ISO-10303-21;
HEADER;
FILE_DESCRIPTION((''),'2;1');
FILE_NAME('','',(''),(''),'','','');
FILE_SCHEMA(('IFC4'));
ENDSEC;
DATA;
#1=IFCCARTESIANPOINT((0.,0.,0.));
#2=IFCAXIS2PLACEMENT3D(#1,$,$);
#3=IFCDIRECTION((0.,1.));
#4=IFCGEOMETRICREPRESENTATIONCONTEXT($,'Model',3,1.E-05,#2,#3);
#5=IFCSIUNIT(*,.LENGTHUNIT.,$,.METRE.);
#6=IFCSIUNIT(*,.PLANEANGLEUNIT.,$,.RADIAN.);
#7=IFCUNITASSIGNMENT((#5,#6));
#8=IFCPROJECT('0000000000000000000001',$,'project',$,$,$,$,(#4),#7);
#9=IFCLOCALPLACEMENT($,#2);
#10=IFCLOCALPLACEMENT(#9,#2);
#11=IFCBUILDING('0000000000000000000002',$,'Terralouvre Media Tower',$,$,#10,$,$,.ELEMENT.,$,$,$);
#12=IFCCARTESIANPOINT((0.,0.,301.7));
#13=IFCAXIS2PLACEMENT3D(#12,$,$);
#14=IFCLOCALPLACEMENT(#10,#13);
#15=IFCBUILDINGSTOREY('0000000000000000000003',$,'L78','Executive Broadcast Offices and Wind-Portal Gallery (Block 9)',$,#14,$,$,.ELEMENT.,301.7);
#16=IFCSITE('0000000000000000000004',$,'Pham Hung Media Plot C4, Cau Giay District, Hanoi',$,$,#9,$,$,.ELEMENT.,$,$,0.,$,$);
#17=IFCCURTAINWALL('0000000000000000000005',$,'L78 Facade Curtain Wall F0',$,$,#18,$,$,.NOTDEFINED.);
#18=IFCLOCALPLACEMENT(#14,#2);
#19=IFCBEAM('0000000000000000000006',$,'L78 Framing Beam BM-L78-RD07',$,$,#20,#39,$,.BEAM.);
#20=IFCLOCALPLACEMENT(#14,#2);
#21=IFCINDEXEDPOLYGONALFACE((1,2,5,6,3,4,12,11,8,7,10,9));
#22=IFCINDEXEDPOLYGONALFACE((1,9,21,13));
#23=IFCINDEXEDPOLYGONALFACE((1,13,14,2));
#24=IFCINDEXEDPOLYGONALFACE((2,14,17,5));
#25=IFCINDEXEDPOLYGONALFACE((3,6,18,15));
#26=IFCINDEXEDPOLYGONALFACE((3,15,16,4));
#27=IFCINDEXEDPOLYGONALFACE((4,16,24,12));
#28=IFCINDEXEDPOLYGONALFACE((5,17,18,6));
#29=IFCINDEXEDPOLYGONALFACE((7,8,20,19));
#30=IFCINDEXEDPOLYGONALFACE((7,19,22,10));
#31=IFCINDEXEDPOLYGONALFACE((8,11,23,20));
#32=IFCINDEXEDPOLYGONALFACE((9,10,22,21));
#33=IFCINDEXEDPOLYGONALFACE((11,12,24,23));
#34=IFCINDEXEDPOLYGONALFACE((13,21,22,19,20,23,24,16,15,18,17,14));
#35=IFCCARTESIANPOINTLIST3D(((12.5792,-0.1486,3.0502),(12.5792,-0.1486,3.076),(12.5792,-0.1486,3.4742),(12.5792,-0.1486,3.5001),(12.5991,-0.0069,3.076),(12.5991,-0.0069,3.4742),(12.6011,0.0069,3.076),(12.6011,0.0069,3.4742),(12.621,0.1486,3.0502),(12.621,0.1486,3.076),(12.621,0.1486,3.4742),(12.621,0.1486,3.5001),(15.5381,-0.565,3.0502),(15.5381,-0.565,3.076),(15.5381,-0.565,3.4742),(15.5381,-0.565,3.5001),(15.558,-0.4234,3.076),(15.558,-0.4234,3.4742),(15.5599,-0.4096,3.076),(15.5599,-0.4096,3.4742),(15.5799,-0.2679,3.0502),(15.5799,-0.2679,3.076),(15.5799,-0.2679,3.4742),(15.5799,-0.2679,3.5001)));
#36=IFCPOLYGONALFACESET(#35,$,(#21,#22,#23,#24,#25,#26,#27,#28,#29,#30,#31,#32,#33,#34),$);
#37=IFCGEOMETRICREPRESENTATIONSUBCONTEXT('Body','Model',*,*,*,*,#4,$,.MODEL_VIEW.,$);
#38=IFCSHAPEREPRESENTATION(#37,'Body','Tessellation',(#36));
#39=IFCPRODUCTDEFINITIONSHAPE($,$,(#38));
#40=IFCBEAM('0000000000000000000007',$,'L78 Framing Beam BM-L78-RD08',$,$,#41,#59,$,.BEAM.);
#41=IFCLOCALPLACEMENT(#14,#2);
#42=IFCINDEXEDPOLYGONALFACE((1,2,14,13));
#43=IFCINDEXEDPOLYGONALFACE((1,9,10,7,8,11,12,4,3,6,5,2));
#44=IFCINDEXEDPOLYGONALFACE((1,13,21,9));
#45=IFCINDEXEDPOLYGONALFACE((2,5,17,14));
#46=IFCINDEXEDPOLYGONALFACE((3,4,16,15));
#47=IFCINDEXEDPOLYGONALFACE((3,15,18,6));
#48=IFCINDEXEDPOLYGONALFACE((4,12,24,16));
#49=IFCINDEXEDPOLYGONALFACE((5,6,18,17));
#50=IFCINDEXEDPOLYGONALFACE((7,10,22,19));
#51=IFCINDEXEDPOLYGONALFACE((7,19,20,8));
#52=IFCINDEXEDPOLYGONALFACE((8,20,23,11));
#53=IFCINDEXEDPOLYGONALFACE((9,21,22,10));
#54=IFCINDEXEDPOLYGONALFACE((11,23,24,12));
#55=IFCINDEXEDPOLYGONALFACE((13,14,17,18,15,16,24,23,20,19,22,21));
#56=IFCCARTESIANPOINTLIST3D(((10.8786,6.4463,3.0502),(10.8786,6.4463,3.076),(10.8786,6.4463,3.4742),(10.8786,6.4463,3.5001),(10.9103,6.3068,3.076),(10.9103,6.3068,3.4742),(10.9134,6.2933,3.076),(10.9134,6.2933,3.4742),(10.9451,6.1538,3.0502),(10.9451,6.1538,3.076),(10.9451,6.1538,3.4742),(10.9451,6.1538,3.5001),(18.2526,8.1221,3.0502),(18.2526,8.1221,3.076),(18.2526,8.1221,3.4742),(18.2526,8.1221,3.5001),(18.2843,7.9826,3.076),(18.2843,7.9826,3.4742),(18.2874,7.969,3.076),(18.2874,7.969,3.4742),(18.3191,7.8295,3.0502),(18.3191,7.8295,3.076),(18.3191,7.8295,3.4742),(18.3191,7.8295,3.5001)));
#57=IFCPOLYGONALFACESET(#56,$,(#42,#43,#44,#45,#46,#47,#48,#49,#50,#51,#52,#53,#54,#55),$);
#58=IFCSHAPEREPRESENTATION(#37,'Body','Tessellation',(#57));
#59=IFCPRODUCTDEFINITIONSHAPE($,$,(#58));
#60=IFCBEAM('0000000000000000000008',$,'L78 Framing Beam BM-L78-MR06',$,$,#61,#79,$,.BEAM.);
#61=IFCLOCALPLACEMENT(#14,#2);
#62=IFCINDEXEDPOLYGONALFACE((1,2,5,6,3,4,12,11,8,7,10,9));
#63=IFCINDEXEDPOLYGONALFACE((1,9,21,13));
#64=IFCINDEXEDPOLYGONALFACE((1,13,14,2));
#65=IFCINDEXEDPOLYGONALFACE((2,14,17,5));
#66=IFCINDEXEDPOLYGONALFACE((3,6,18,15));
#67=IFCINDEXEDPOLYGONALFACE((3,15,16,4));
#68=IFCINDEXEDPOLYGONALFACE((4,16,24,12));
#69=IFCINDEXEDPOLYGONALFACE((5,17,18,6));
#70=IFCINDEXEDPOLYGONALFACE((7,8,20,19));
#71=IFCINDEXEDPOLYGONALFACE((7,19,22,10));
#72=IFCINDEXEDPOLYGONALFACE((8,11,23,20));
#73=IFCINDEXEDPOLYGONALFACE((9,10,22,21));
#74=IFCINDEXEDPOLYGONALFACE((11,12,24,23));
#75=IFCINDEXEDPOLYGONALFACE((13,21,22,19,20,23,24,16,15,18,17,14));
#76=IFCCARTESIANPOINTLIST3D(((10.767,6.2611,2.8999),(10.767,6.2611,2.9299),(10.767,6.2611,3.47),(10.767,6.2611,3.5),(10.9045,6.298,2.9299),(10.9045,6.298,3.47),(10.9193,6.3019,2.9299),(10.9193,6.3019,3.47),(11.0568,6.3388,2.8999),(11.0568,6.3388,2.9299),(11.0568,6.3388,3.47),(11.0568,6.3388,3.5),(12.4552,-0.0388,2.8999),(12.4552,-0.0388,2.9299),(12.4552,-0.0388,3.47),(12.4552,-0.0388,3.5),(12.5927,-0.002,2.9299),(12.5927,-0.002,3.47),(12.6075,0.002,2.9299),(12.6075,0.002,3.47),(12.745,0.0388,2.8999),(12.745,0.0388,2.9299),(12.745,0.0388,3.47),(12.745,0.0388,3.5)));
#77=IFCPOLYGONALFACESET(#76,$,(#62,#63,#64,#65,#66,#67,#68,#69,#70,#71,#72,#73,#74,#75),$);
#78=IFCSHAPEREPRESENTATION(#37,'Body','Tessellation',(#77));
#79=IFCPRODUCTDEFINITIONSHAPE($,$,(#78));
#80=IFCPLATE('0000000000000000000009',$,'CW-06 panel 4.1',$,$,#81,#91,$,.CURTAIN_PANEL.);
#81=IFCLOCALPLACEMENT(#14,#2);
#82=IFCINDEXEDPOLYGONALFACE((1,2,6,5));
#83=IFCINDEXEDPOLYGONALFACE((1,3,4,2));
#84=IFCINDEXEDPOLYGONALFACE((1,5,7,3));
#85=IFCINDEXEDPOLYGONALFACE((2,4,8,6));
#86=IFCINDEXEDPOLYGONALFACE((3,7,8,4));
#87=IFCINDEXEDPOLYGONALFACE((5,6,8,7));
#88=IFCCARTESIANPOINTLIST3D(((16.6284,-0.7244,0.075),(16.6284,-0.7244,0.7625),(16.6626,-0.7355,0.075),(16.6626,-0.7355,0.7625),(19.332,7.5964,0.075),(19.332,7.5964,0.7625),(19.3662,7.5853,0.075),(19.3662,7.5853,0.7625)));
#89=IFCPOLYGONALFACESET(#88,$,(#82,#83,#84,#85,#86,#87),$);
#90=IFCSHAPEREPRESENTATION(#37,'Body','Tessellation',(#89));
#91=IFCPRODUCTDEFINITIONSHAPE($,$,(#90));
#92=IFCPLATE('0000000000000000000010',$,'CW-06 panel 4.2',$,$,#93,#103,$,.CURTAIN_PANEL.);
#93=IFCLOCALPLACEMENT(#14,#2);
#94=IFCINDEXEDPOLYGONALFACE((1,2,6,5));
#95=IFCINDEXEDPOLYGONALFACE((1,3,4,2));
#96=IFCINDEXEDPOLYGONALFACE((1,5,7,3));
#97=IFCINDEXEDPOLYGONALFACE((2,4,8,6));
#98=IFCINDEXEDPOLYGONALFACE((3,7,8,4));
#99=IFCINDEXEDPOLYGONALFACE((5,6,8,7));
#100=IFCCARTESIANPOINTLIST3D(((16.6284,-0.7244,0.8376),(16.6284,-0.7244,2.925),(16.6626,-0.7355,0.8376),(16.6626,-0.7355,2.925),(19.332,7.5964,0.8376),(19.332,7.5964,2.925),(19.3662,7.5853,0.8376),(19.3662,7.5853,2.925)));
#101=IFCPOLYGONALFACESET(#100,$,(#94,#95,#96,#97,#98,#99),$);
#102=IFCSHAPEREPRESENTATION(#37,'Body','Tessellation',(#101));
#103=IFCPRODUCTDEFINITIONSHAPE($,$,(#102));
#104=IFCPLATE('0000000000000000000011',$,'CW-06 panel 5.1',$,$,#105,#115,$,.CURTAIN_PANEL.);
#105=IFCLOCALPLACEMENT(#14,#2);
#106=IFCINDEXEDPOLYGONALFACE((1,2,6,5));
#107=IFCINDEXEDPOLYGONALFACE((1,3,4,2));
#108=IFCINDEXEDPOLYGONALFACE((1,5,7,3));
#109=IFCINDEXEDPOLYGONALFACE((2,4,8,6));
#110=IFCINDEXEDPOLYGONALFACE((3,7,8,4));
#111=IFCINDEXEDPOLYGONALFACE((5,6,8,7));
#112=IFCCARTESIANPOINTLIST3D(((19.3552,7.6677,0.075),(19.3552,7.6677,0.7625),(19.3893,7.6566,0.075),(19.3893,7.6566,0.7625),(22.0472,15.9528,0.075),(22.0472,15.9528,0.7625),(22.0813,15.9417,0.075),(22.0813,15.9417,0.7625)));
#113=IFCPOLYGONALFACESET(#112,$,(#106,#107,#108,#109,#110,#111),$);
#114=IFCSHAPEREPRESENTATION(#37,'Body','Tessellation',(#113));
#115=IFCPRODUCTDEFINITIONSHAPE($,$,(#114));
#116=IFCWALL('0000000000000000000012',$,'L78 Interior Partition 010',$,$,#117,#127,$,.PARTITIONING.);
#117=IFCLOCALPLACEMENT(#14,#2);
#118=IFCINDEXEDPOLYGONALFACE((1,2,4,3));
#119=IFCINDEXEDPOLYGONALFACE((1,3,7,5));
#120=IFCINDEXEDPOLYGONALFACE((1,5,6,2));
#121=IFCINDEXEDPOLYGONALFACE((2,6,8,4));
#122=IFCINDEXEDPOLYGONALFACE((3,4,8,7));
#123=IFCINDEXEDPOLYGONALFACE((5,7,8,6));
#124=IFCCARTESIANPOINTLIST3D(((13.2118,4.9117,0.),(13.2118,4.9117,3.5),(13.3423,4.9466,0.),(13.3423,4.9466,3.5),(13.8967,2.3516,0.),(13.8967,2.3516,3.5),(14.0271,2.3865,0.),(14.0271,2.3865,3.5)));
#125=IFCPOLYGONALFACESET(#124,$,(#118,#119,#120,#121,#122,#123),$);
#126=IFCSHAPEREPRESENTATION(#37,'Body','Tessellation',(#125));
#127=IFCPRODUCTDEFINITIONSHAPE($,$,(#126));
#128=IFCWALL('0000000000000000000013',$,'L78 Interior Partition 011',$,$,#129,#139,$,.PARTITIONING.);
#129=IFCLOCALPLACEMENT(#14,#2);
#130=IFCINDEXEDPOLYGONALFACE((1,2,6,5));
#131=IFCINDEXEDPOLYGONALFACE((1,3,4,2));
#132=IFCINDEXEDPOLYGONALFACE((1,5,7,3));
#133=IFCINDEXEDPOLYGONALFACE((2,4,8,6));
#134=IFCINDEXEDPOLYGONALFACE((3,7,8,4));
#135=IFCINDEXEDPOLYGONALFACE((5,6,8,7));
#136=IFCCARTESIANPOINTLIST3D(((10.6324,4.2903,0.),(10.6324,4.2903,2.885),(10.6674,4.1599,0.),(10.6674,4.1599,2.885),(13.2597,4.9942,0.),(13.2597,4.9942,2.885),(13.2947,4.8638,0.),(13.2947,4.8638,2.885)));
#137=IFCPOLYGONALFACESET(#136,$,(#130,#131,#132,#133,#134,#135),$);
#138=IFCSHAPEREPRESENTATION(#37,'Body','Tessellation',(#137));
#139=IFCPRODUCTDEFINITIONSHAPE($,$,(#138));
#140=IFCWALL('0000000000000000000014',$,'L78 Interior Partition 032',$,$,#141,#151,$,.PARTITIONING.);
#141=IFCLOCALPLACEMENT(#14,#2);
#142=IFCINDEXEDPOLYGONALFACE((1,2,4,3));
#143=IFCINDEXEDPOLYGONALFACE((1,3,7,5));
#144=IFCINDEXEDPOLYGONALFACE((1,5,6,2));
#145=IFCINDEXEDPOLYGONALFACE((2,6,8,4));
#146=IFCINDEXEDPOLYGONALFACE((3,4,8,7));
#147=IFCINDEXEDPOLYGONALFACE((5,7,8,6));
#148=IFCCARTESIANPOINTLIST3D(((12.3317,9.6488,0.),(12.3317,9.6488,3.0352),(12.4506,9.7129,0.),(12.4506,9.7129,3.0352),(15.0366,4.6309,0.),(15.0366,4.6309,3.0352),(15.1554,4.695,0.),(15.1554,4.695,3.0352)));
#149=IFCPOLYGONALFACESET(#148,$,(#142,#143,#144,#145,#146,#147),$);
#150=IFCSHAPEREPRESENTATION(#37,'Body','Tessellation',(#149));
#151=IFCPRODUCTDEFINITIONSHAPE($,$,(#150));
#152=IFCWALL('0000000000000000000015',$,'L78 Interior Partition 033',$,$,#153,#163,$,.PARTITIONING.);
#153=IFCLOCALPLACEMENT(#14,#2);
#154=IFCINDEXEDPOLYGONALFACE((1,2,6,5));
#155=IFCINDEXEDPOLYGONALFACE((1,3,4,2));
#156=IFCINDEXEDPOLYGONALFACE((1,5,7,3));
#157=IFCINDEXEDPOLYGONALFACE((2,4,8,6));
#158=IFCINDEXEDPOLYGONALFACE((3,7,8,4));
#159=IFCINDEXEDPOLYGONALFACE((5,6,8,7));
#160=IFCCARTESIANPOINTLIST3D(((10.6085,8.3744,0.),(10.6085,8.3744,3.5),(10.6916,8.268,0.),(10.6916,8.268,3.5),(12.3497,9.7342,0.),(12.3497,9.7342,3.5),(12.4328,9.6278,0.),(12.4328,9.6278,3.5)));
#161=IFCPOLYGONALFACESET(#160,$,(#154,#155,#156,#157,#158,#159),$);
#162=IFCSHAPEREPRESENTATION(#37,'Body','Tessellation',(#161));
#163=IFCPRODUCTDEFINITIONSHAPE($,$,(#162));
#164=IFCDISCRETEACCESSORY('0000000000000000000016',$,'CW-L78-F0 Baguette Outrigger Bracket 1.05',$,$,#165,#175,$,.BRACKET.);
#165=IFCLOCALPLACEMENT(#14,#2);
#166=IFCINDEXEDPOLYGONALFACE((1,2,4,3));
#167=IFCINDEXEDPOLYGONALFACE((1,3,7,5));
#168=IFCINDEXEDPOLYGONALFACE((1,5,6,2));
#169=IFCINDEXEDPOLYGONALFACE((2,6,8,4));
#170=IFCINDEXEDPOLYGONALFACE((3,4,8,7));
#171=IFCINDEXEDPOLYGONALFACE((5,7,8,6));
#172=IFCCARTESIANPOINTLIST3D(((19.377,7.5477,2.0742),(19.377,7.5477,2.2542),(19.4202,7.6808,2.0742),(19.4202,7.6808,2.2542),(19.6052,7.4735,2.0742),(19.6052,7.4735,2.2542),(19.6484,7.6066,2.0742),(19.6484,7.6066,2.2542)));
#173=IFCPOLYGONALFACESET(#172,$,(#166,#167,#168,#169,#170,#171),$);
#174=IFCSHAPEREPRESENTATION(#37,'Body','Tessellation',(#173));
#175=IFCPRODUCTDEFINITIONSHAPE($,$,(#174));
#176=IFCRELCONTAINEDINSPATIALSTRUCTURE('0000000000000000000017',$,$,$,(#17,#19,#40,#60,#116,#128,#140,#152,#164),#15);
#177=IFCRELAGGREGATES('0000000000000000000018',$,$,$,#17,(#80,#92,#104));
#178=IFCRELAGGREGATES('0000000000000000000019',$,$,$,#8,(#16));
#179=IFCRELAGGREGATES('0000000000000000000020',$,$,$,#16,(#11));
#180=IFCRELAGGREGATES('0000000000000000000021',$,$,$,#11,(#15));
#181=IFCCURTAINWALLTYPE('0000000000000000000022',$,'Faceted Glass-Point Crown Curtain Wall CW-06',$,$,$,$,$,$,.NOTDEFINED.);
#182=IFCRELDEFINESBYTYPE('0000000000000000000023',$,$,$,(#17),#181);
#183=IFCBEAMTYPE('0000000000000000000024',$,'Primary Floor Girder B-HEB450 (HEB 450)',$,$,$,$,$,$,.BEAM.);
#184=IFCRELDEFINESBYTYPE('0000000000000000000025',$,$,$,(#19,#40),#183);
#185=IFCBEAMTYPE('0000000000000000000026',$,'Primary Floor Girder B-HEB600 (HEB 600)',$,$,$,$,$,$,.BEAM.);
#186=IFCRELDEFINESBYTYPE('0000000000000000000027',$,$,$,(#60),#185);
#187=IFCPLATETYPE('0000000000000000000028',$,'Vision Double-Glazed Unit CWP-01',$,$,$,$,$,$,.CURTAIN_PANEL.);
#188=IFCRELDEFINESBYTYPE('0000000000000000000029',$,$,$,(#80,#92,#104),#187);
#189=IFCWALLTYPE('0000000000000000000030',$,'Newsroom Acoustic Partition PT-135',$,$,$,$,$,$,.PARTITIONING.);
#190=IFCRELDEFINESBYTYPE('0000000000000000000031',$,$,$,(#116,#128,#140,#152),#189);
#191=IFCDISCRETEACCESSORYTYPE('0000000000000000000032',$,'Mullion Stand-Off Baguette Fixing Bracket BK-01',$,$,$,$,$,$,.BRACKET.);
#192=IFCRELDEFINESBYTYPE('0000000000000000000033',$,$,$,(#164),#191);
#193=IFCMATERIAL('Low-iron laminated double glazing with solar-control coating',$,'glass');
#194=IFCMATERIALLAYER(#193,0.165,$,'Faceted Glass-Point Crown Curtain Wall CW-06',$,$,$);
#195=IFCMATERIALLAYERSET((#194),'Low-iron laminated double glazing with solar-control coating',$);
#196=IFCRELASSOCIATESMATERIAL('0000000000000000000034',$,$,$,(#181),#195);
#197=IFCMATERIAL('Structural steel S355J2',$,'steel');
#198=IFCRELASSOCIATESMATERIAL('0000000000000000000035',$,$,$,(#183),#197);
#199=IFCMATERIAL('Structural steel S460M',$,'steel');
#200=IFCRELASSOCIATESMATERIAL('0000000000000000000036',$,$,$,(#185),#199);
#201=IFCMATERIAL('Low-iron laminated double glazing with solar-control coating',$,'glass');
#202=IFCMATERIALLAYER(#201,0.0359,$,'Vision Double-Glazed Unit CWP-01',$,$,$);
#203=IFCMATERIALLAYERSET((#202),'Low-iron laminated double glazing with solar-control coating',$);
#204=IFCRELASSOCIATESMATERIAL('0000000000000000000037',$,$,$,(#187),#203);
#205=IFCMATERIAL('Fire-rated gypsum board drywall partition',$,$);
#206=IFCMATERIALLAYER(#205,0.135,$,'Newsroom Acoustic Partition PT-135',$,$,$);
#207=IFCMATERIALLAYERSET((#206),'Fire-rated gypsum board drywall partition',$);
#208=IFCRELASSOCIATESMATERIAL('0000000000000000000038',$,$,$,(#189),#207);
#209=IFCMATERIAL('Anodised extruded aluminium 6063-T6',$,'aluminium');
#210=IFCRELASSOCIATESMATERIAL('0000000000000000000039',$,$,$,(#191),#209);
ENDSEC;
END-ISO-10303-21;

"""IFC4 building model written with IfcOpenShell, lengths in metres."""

from ifc_helpers import new_model, si_unit, direction, frame, frame_2d, origin, origin_2d, place, context, subcontext, project, spatial, rectangle, i_section, extrude, material, layer, layer_set, material_profile, profile_set, type_object, element, aggregate, save


model = new_model("IFC4")

# Units and contexts
model_context = context("Model", 3, precision=1e-05, world=origin(), true_north=direction((0.0, 1.0)))
body_context = subcontext(model_context, "Body", "Model", "MODEL_VIEW")
ifc_project = project(units=[si_unit("LENGTHUNIT", "METRE"), si_unit("PLANEANGLEUNIT", "RADIAN")], contexts=[model_context])

# Site, building, storey
site_placement = place(None, origin())
site = spatial("IfcSite", under=ifc_project, at=site_placement, Name="Pham Hung Media Plot C4, Cau Giay District, Hanoi", CompositionType="ELEMENT", RefElevation=0.0)
building_placement = place(site_placement, origin())
building = spatial("IfcBuilding", under=site, at=building_placement, Name="Terralouvre Media Tower", CompositionType="ELEMENT")
storey_placement = place(building_placement, frame((0.0, 0.0, 301.7)))
storey = spatial("IfcBuildingStorey", under=building, at=storey_placement, Name="L78", Description="Executive Broadcast Offices and Wind-Portal Gallery (Block 9)", CompositionType="ELEMENT", Elevation=301.7)

# Curtain wall
ifc_material_1 = material(Name="Low-iron laminated double glazing with solar-control coating", Category="glass")
ifc_layer_1 = layer(ifc_material_1, 0.165, Name="Faceted Glass-Point Crown Curtain Wall CW-06")
ifc_layer_set_1 = layer_set([ifc_layer_1], Name="Low-iron laminated double glazing with solar-control coating")
curtain_wall_type = type_object("IfcCurtainWallType", Name="Faceted Glass-Point Crown Curtain Wall CW-06", PredefinedType="NOTDEFINED", material=ifc_layer_set_1)
curtain_wall_placement = place(storey_placement, origin())
curtain_wall = element("IfcCurtainWall", 1, at=curtain_wall_placement, inside=storey, type_object=curtain_wall_type, Name="L78 Facade Curtain Wall F0", PredefinedType="NOTDEFINED")

# Beams
ifc_material_2 = material(Name="Structural steel S355J2", Category="steel")
ifc_material_profile_1 = material_profile(ifc_material_2, i_section(OverallWidth=0.3, OverallDepth=0.45, WebThickness=0.0139, FlangeThickness=0.0259, at=origin_2d()), Name="HEB 450")
ifc_profile_set_1 = profile_set([ifc_material_profile_1], Name="Structural steel S355J2")
beam_type_1 = type_object("IfcBeamType", Name="Primary Floor Girder B-HEB450 (HEB 450)", PredefinedType="BEAM", material=ifc_profile_set_1)
beam_1_placement = place(storey_placement, frame((12.6001, 0.0, 3.2751), z_axis=(0.990238, -0.139385, 0.0), x_axis=(0.139385, 0.990238, 0.0)))
element("IfcBeam", 2, at=beam_1_placement, inside=storey, type_object=beam_type_1, Name="L78 Framing Beam BM-L78-RD07", PredefinedType="BEAM", context=body_context, shape_type="SweptSolid", body=[
    extrude(i_section(OverallWidth=0.3, OverallDepth=0.45, WebThickness=0.0139, FlangeThickness=0.0259, at=origin_2d()), origin(), (0.0, 0.0, 1.0), 2.988),
])
beam_2_placement = place(storey_placement, frame((10.9119, 6.3, 3.2751), z_axis=(0.975137, 0.221604, 0.0), x_axis=(-0.221604, 0.975137, 0.0)))
element("IfcBeam", 3, at=beam_2_placement, inside=storey, type_object=beam_type_1, Name="L78 Framing Beam BM-L78-RD08", PredefinedType="BEAM", context=body_context, shape_type="SweptSolid", body=[
    extrude(i_section(OverallWidth=0.3, OverallDepth=0.45, WebThickness=0.0139, FlangeThickness=0.0259, at=origin_2d()), origin(), (0.0, 0.0, 1.0), 7.562),
])
ifc_material_3 = material(Name="Structural steel S460M", Category="steel")
ifc_material_profile_2 = material_profile(ifc_material_3, i_section(OverallWidth=0.3, OverallDepth=0.6001, WebThickness=0.0154, FlangeThickness=0.03, at=origin_2d()), Name="HEB 600")
ifc_profile_set_2 = profile_set([ifc_material_profile_2], Name="Structural steel S460M")
beam_type_2 = type_object("IfcBeamType", Name="Primary Floor Girder B-HEB600 (HEB 600)", PredefinedType="BEAM", material=ifc_profile_set_2)
beam_3_placement = place(storey_placement, frame((12.6001, 0.0, 3.2), z_axis=(-0.258839, 0.96592, 0.0), x_axis=(-0.96592, -0.258839, 0.0)))
element("IfcBeam", 4, at=beam_3_placement, inside=storey, type_object=beam_type_2, Name="L78 Framing Beam BM-L78-MR06", PredefinedType="BEAM", context=body_context, shape_type="SweptSolid", body=[
    extrude(i_section(OverallWidth=0.3, OverallDepth=0.6001, WebThickness=0.0154, FlangeThickness=0.03, at=origin_2d()), origin(), (0.0, 0.0, 1.0), 6.5222),
])

# Plates
ifc_material_4 = material(Name="Low-iron laminated double glazing with solar-control coating", Category="glass")
ifc_layer_2 = layer(ifc_material_4, 0.0359, Name="Vision Double-Glazed Unit CWP-01")
ifc_layer_set_2 = layer_set([ifc_layer_2], Name="Low-iron laminated double glazing with solar-control coating")
plate_type = type_object("IfcPlateType", Name="Vision Double-Glazed Unit CWP-01", PredefinedType="CURTAIN_PANEL", material=ifc_layer_set_2)
plate_1_placement = place(storey_placement, frame((17.9973, 3.4304, 0.075), z_axis=(0.0, 0.0, 1.0), x_axis=(0.309017, 0.951057, 0.0)))
plate_1 = element("IfcPlate", 5, at=plate_1_placement, type_object=plate_type, Name="CW-06 panel 4.1", PredefinedType="CURTAIN_PANEL", context=body_context, shape_type="SweptSolid", body=[
    extrude(rectangle(XDim=8.749, YDim=0.0359, at=origin_2d()), origin(), (0.0, 0.0, 1.0), 0.6875),
])
plate_2_placement = place(storey_placement, frame((17.9973, 3.4304, 0.8376), z_axis=(0.0, 0.0, 1.0), x_axis=(0.309017, 0.951057, 0.0)))
plate_2 = element("IfcPlate", 6, at=plate_2_placement, type_object=plate_type, Name="CW-06 panel 4.2", PredefinedType="CURTAIN_PANEL", context=body_context, shape_type="SweptSolid", body=[
    extrude(rectangle(XDim=8.749, YDim=0.0359, at=origin_2d()), origin(), (0.0, 0.0, 1.0), 2.0874),
])
plate_3_placement = place(storey_placement, frame((20.7183, 11.8047, 0.075), z_axis=(0.0, 0.0, 1.0), x_axis=(0.309017, 0.951057, 0.0)))
plate_3 = element("IfcPlate", 7, at=plate_3_placement, type_object=plate_type, Name="CW-06 panel 5.1", PredefinedType="CURTAIN_PANEL", context=body_context, shape_type="SweptSolid", body=[
    extrude(rectangle(XDim=8.7114, YDim=0.0359, at=origin_2d()), origin(), (0.0, 0.0, 1.0), 0.6875),
])
aggregate(curtain_wall, [plate_1, plate_2, plate_3])

# Walls
ifc_material_5 = material(Name="Fire-rated gypsum board drywall partition")
ifc_layer_3 = layer(ifc_material_5, 0.135, Name="Newsroom Acoustic Partition PT-135")
ifc_layer_set_3 = layer_set([ifc_layer_3], Name="Fire-rated gypsum board drywall partition")
wall_type = type_object("IfcWallType", Name="Newsroom Acoustic Partition PT-135", PredefinedType="PARTITIONING", material=ifc_layer_set_3)
wall_1_placement = place(storey_placement, frame((13.9619, 2.3689, 0.0), z_axis=(0.0, 0.0, 1.0), x_axis=(-0.258414, 0.966034, 0.0)))
element("IfcWall", 8, at=wall_1_placement, inside=storey, type_object=wall_type, Name="L78 Interior Partition 010", PredefinedType="PARTITIONING", context=body_context, shape_type="SweptSolid", body=[
    extrude(rectangle(XDim=2.6501, YDim=0.135, at=frame_2d((1.3252, 0.0))), origin(), (0.0, 0.0, 1.0), 3.5),
])
wall_2_placement = place(storey_placement, frame((13.2771, 4.929, 0.0), z_axis=(0.0, 0.0, 1.0), x_axis=(-0.965935, -0.258785, 0.0)))
element("IfcWall", 9, at=wall_2_placement, inside=storey, type_object=wall_type, Name="L78 Interior Partition 011", PredefinedType="PARTITIONING", context=body_context, shape_type="SweptSolid", body=[
    extrude(rectangle(XDim=2.72, YDim=0.135, at=frame_2d((1.3599, 0.0))), origin(), (0.0, 0.0, 1.0), 2.885),
])
wall_3_placement = place(storey_placement, frame((15.0959, 4.6631, 0.0), z_axis=(0.0, 0.0, 1.0), x_axis=(-0.474498, 0.880256, 0.0)))
element("IfcWall", 10, at=wall_3_placement, inside=storey, type_object=wall_type, Name="L78 Interior Partition 032", PredefinedType="PARTITIONING", context=body_context, shape_type="SweptSolid", body=[
    extrude(rectangle(XDim=5.7004, YDim=0.135, at=frame_2d((2.8501, 0.0))), origin(), (0.0, 0.0, 1.0), 3.0352),
])
wall_4_placement = place(storey_placement, frame((12.3911, 9.6809, 0.0), z_axis=(0.0, 0.0, 1.0), x_axis=(-0.788125, -0.615515, 0.0)))
element("IfcWall", 11, at=wall_4_placement, inside=storey, type_object=wall_type, Name="L78 Interior Partition 033", PredefinedType="PARTITIONING", context=body_context, shape_type="SweptSolid", body=[
    extrude(rectangle(XDim=2.2092, YDim=0.135, at=frame_2d((1.1045, 0.0))), origin(), (0.0, 0.0, 1.0), 3.5),
])

# Discrete accessory
ifc_material_6 = material(Name="Anodised extruded aluminium 6063-T6", Category="aluminium")
discrete_accessory_type = type_object("IfcDiscreteAccessoryType", Name="Mullion Stand-Off Baguette Fixing Bracket BK-01", PredefinedType="BRACKET", material=ifc_material_6)
discrete_accessory_placement = place(storey_placement, frame((19.5127, 7.5771, 2.0742), z_axis=(0.0, 0.0, 1.0), x_axis=(0.309017, 0.951057, 0.0)))
element("IfcDiscreteAccessory", 12, at=discrete_accessory_placement, inside=storey, type_object=discrete_accessory_type, Name="CW-L78-F0 Baguette Outrigger Bracket 1.05", PredefinedType="BRACKET", context=body_context, shape_type="SweptSolid", body=[
    extrude(rectangle(XDim=0.1399, YDim=0.24, at=origin_2d()), origin(), (0.0, 0.0, 1.0), 0.1799),
])

save(model, "model.ifc")
